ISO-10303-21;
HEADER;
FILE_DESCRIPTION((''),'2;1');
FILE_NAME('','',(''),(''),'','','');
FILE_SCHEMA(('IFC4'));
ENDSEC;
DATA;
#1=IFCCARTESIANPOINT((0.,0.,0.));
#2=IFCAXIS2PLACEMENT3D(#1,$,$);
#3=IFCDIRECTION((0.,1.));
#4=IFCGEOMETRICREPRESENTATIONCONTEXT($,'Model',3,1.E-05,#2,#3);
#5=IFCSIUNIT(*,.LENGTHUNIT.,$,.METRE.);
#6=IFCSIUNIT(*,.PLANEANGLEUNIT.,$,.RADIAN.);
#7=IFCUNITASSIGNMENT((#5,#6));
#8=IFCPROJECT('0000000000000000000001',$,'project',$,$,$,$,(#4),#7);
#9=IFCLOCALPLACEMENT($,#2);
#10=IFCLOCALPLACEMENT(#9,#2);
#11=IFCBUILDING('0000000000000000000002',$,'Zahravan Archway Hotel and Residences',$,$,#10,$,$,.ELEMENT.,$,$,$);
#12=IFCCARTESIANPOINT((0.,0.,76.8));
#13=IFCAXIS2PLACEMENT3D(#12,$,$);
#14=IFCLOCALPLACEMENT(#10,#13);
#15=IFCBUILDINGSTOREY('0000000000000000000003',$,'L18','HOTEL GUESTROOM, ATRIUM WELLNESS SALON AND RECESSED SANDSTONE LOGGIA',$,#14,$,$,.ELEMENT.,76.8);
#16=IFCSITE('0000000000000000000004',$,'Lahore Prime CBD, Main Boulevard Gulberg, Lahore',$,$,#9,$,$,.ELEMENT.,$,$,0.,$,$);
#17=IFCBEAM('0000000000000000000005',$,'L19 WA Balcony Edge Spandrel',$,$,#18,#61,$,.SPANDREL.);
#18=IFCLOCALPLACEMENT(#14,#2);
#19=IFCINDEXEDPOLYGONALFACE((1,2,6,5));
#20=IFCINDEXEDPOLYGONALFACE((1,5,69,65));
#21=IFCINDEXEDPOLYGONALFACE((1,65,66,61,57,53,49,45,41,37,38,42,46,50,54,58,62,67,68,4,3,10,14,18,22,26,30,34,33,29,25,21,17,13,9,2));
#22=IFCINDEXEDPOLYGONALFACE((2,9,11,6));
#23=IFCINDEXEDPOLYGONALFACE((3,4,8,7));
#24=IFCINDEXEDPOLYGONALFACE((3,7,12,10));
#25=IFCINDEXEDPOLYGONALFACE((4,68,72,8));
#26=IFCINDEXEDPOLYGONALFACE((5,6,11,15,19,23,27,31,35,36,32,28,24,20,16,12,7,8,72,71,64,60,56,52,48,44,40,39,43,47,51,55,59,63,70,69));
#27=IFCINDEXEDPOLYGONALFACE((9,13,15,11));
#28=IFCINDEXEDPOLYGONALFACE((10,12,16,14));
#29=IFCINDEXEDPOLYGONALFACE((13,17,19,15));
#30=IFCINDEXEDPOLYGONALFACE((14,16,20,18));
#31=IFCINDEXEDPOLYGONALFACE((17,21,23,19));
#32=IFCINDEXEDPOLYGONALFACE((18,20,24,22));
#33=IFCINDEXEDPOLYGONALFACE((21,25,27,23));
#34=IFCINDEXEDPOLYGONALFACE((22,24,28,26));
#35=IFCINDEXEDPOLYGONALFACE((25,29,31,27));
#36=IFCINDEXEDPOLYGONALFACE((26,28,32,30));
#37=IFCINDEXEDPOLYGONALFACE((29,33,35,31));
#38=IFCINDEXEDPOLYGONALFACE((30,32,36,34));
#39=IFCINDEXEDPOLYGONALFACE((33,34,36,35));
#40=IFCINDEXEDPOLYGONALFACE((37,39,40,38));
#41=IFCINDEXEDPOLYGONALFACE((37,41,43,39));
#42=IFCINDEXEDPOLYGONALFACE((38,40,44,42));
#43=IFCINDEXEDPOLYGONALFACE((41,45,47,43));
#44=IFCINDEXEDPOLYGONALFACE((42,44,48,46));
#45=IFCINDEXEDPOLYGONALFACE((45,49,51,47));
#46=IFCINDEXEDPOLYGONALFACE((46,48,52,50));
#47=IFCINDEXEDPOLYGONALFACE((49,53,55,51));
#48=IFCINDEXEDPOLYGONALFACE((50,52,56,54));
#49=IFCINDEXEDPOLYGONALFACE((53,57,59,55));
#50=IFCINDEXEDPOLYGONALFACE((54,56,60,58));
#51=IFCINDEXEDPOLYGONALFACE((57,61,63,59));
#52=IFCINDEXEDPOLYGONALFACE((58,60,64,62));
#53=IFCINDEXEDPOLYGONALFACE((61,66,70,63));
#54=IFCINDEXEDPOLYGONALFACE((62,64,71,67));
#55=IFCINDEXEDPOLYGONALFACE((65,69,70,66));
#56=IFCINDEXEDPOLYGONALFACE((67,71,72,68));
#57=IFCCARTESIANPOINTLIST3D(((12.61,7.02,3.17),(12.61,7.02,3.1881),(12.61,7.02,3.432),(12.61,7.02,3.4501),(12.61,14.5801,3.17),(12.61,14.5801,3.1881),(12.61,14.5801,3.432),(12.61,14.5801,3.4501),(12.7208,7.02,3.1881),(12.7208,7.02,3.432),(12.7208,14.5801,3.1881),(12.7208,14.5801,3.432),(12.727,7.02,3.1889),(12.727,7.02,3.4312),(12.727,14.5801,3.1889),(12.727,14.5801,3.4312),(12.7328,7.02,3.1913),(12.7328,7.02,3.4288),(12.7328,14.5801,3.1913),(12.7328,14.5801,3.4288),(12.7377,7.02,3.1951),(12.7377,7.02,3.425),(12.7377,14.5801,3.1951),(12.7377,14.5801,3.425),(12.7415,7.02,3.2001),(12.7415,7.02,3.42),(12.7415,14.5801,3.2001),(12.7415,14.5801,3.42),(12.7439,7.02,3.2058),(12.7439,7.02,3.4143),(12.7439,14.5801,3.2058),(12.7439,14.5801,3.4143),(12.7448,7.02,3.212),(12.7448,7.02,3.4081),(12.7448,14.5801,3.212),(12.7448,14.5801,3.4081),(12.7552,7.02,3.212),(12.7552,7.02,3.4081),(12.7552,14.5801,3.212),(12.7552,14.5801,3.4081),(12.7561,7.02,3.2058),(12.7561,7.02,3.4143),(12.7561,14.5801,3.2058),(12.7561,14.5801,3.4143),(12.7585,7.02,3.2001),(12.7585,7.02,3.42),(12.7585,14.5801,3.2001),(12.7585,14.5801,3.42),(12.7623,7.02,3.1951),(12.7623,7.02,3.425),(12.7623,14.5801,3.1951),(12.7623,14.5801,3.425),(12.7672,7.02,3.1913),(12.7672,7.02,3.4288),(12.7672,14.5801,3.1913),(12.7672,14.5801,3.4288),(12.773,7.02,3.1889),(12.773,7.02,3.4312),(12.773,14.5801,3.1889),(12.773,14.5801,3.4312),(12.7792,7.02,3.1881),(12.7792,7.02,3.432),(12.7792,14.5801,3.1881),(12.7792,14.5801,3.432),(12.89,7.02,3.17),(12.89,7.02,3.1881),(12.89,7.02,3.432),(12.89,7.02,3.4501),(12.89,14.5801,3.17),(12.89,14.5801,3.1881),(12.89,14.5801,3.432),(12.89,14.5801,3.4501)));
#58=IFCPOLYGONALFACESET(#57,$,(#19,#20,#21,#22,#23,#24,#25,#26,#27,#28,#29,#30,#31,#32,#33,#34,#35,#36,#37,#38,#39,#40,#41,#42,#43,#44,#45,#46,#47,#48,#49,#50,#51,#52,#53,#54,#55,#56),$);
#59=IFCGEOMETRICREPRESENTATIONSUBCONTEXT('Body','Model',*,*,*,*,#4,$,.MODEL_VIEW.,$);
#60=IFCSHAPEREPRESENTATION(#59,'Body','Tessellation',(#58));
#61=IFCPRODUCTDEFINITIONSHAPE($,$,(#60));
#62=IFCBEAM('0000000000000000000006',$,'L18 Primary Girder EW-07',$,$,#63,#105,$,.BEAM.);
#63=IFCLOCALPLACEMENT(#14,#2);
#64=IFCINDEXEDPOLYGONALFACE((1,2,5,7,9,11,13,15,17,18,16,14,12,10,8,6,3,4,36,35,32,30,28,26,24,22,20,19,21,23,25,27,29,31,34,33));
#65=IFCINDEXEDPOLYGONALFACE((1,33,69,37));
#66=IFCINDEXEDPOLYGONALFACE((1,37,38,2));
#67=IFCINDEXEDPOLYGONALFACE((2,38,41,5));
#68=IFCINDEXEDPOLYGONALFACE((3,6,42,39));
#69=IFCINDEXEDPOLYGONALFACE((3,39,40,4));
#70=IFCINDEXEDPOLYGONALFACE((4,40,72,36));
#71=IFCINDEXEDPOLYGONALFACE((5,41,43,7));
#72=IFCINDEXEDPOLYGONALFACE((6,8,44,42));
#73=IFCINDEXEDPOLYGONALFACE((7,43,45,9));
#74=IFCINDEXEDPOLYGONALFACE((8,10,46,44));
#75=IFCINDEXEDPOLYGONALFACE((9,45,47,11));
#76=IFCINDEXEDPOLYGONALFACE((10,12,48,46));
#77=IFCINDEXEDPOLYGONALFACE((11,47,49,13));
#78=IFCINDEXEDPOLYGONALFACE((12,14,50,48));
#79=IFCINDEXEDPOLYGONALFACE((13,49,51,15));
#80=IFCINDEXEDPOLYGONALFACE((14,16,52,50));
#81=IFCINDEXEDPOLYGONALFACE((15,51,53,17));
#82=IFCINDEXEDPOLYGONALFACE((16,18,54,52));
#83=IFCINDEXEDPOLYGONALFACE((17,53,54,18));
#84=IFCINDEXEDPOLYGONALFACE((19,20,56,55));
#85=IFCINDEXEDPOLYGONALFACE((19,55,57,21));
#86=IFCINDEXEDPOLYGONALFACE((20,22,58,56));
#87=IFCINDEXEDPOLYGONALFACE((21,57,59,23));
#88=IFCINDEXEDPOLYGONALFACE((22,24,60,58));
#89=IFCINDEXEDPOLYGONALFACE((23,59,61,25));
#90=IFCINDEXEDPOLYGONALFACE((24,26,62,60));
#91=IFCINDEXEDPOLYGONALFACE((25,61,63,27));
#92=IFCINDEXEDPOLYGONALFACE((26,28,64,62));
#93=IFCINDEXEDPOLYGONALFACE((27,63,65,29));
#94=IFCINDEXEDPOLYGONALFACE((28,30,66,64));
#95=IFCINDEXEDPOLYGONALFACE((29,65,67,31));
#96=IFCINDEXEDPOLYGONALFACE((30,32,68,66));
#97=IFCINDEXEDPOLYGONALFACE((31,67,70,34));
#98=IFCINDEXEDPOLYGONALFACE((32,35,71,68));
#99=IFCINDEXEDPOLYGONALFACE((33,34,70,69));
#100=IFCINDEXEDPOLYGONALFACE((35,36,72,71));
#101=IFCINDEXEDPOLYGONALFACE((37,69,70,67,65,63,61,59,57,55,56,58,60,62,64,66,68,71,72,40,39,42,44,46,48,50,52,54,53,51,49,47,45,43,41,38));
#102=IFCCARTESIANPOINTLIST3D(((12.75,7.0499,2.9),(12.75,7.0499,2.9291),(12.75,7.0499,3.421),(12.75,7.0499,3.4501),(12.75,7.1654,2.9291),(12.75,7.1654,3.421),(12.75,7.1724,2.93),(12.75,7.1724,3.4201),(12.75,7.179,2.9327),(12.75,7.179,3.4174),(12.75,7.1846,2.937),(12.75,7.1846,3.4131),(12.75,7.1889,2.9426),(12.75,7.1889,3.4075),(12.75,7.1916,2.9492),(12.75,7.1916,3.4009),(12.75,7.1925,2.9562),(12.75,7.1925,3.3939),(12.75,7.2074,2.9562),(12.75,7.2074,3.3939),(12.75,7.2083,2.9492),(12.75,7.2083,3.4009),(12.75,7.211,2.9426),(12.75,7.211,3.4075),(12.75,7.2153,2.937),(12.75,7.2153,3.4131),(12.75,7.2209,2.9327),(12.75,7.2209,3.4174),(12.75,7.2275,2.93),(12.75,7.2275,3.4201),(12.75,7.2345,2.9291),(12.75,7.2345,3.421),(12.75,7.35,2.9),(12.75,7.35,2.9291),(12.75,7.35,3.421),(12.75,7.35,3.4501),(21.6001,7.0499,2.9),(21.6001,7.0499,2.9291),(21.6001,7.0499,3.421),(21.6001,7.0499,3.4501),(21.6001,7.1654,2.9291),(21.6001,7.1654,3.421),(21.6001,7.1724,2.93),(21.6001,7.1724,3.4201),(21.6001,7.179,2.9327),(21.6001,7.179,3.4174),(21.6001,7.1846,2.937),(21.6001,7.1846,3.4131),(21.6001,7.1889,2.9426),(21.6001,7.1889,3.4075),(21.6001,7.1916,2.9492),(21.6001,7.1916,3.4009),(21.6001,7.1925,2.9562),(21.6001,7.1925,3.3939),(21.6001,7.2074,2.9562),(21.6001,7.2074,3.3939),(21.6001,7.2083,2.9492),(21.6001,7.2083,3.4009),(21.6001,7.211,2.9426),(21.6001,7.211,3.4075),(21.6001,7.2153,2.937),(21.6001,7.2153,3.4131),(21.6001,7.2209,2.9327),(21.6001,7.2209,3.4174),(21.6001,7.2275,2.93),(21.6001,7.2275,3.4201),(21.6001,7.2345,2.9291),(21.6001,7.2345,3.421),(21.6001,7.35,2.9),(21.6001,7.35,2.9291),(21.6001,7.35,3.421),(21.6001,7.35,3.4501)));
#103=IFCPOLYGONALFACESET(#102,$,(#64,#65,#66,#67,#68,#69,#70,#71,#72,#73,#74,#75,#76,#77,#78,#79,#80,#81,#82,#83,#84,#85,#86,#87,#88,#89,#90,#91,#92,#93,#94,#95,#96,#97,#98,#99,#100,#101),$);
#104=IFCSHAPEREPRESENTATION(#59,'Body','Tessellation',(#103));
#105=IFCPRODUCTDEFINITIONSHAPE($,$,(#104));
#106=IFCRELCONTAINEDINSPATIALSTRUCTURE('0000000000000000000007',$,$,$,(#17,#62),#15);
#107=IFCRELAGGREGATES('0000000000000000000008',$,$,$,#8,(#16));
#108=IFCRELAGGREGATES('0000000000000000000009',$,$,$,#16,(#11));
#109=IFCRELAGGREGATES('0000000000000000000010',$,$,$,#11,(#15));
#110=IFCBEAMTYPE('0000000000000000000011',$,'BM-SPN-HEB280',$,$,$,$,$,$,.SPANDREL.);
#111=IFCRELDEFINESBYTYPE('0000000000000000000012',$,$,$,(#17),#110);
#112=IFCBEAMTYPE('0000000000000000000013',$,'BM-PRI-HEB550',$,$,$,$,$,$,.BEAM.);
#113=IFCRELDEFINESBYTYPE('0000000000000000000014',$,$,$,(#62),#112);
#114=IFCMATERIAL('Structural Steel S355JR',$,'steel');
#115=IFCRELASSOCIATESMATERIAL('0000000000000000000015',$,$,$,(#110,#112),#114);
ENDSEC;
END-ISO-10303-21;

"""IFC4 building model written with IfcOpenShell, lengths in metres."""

from ifc_helpers import new_model, si_unit, direction, frame, origin, origin_2d, place, context, subcontext, project, spatial, i_section, extrude, source, transform, mapped, material, material_profile, profile_set, type_object, type_shapes, element, save


model = new_model("IFC4")

# Units and contexts
model_context = context("Model", 3, precision=1e-05, world=origin(), true_north=direction((0.0, 1.0)))
body_context = subcontext(model_context, "Body", "Model", "MODEL_VIEW")
ifc_project = project(units=[si_unit("LENGTHUNIT", "METRE"), si_unit("PLANEANGLEUNIT", "RADIAN")], contexts=[model_context])

# Site, building, storey
site_placement = place(None, origin())
site = spatial("IfcSite", under=ifc_project, at=site_placement, Name="Lahore Prime CBD, Main Boulevard Gulberg, Lahore", CompositionType="ELEMENT", RefElevation=0.0)
building_placement = place(site_placement, origin())
building = spatial("IfcBuilding", under=site, at=building_placement, Name="Zahravan Archway Hotel and Residences", CompositionType="ELEMENT")
storey_placement = place(building_placement, frame((0.0, 0.0, 76.8)))
storey = spatial("IfcBuildingStorey", under=building, at=storey_placement, Name="L18", Description="HOTEL GUESTROOM, ATRIUM WELLNESS SALON AND RECESSED SANDSTONE LOGGIA", CompositionType="ELEMENT", Elevation=76.8)

# Beams
ifc_material_1 = material(Name="Structural Steel S355JR", Category="steel")
ifc_material_profile_1 = material_profile(ifc_material_1, i_section(OverallWidth=0.28, OverallDepth=0.28, WebThickness=0.0105, FlangeThickness=0.0181, FilletRadius=0.0239, at=origin_2d()), Name="HEB 280", Category="steel")
ifc_profile_set_1 = profile_set([ifc_material_profile_1], Name="Structural Steel S355JR")
beam_type_1 = type_object("IfcBeamType", Name="BM-SPN-HEB280", PredefinedType="SPANDREL", material=ifc_profile_set_1)
shared_shape_1 = source(origin(), body_context, "Body", "SweptSolid", [
    extrude(i_section(OverallWidth=0.28, OverallDepth=0.28, WebThickness=0.0105, FlangeThickness=0.0181, FilletRadius=0.0239, at=origin_2d()), origin(), (0.0, 0.0, 1.0), 7.5601),
])
type_shapes(beam_type_1, [shared_shape_1])
beam_1_placement = place(storey_placement, frame((12.75, 7.02, 3.3101), z_axis=(0.0, 1.0, 0.0), x_axis=(-1.0, 0.0, 0.0)))
element("IfcBeam", 1, at=beam_1_placement, inside=storey, type_object=beam_type_1, Name="L19 WA Balcony Edge Spandrel", PredefinedType="SPANDREL", context=body_context, shape_type="MappedRepresentation", body=[
    mapped(shared_shape_1, transform((0.0, 0.0, 0.0), scale=1.0)),
])
ifc_material_profile_2 = material_profile(ifc_material_1, i_section(OverallWidth=0.3, OverallDepth=0.55, WebThickness=0.0149, FlangeThickness=0.0291, FilletRadius=0.0271, at=origin_2d()), Name="HEB 550", Category="steel")
ifc_profile_set_2 = profile_set([ifc_material_profile_2], Name="Structural Steel S355JR")
beam_type_2 = type_object("IfcBeamType", Name="BM-PRI-HEB550", PredefinedType="BEAM", material=ifc_profile_set_2)
shared_shape_2 = source(origin(), body_context, "Body", "SweptSolid", [
    extrude(i_section(OverallWidth=0.3, OverallDepth=0.55, WebThickness=0.0149, FlangeThickness=0.0291, FilletRadius=0.0271, at=origin_2d()), origin(), (0.0, 0.0, 1.0), 8.8501),
])
beam_2_placement = place(storey_placement, frame((12.75, 7.2, 3.175), z_axis=(1.0, 0.0, 0.0), x_axis=(0.0, 1.0, 0.0)))
element("IfcBeam", 2, at=beam_2_placement, inside=storey, type_object=beam_type_2, Name="L18 Primary Girder EW-07", PredefinedType="BEAM", context=body_context, shape_type="MappedRepresentation", body=[
    mapped(shared_shape_2, transform((0.0, 0.0, 0.0), scale=1.0)),
])

save(model, "model.ifc")
